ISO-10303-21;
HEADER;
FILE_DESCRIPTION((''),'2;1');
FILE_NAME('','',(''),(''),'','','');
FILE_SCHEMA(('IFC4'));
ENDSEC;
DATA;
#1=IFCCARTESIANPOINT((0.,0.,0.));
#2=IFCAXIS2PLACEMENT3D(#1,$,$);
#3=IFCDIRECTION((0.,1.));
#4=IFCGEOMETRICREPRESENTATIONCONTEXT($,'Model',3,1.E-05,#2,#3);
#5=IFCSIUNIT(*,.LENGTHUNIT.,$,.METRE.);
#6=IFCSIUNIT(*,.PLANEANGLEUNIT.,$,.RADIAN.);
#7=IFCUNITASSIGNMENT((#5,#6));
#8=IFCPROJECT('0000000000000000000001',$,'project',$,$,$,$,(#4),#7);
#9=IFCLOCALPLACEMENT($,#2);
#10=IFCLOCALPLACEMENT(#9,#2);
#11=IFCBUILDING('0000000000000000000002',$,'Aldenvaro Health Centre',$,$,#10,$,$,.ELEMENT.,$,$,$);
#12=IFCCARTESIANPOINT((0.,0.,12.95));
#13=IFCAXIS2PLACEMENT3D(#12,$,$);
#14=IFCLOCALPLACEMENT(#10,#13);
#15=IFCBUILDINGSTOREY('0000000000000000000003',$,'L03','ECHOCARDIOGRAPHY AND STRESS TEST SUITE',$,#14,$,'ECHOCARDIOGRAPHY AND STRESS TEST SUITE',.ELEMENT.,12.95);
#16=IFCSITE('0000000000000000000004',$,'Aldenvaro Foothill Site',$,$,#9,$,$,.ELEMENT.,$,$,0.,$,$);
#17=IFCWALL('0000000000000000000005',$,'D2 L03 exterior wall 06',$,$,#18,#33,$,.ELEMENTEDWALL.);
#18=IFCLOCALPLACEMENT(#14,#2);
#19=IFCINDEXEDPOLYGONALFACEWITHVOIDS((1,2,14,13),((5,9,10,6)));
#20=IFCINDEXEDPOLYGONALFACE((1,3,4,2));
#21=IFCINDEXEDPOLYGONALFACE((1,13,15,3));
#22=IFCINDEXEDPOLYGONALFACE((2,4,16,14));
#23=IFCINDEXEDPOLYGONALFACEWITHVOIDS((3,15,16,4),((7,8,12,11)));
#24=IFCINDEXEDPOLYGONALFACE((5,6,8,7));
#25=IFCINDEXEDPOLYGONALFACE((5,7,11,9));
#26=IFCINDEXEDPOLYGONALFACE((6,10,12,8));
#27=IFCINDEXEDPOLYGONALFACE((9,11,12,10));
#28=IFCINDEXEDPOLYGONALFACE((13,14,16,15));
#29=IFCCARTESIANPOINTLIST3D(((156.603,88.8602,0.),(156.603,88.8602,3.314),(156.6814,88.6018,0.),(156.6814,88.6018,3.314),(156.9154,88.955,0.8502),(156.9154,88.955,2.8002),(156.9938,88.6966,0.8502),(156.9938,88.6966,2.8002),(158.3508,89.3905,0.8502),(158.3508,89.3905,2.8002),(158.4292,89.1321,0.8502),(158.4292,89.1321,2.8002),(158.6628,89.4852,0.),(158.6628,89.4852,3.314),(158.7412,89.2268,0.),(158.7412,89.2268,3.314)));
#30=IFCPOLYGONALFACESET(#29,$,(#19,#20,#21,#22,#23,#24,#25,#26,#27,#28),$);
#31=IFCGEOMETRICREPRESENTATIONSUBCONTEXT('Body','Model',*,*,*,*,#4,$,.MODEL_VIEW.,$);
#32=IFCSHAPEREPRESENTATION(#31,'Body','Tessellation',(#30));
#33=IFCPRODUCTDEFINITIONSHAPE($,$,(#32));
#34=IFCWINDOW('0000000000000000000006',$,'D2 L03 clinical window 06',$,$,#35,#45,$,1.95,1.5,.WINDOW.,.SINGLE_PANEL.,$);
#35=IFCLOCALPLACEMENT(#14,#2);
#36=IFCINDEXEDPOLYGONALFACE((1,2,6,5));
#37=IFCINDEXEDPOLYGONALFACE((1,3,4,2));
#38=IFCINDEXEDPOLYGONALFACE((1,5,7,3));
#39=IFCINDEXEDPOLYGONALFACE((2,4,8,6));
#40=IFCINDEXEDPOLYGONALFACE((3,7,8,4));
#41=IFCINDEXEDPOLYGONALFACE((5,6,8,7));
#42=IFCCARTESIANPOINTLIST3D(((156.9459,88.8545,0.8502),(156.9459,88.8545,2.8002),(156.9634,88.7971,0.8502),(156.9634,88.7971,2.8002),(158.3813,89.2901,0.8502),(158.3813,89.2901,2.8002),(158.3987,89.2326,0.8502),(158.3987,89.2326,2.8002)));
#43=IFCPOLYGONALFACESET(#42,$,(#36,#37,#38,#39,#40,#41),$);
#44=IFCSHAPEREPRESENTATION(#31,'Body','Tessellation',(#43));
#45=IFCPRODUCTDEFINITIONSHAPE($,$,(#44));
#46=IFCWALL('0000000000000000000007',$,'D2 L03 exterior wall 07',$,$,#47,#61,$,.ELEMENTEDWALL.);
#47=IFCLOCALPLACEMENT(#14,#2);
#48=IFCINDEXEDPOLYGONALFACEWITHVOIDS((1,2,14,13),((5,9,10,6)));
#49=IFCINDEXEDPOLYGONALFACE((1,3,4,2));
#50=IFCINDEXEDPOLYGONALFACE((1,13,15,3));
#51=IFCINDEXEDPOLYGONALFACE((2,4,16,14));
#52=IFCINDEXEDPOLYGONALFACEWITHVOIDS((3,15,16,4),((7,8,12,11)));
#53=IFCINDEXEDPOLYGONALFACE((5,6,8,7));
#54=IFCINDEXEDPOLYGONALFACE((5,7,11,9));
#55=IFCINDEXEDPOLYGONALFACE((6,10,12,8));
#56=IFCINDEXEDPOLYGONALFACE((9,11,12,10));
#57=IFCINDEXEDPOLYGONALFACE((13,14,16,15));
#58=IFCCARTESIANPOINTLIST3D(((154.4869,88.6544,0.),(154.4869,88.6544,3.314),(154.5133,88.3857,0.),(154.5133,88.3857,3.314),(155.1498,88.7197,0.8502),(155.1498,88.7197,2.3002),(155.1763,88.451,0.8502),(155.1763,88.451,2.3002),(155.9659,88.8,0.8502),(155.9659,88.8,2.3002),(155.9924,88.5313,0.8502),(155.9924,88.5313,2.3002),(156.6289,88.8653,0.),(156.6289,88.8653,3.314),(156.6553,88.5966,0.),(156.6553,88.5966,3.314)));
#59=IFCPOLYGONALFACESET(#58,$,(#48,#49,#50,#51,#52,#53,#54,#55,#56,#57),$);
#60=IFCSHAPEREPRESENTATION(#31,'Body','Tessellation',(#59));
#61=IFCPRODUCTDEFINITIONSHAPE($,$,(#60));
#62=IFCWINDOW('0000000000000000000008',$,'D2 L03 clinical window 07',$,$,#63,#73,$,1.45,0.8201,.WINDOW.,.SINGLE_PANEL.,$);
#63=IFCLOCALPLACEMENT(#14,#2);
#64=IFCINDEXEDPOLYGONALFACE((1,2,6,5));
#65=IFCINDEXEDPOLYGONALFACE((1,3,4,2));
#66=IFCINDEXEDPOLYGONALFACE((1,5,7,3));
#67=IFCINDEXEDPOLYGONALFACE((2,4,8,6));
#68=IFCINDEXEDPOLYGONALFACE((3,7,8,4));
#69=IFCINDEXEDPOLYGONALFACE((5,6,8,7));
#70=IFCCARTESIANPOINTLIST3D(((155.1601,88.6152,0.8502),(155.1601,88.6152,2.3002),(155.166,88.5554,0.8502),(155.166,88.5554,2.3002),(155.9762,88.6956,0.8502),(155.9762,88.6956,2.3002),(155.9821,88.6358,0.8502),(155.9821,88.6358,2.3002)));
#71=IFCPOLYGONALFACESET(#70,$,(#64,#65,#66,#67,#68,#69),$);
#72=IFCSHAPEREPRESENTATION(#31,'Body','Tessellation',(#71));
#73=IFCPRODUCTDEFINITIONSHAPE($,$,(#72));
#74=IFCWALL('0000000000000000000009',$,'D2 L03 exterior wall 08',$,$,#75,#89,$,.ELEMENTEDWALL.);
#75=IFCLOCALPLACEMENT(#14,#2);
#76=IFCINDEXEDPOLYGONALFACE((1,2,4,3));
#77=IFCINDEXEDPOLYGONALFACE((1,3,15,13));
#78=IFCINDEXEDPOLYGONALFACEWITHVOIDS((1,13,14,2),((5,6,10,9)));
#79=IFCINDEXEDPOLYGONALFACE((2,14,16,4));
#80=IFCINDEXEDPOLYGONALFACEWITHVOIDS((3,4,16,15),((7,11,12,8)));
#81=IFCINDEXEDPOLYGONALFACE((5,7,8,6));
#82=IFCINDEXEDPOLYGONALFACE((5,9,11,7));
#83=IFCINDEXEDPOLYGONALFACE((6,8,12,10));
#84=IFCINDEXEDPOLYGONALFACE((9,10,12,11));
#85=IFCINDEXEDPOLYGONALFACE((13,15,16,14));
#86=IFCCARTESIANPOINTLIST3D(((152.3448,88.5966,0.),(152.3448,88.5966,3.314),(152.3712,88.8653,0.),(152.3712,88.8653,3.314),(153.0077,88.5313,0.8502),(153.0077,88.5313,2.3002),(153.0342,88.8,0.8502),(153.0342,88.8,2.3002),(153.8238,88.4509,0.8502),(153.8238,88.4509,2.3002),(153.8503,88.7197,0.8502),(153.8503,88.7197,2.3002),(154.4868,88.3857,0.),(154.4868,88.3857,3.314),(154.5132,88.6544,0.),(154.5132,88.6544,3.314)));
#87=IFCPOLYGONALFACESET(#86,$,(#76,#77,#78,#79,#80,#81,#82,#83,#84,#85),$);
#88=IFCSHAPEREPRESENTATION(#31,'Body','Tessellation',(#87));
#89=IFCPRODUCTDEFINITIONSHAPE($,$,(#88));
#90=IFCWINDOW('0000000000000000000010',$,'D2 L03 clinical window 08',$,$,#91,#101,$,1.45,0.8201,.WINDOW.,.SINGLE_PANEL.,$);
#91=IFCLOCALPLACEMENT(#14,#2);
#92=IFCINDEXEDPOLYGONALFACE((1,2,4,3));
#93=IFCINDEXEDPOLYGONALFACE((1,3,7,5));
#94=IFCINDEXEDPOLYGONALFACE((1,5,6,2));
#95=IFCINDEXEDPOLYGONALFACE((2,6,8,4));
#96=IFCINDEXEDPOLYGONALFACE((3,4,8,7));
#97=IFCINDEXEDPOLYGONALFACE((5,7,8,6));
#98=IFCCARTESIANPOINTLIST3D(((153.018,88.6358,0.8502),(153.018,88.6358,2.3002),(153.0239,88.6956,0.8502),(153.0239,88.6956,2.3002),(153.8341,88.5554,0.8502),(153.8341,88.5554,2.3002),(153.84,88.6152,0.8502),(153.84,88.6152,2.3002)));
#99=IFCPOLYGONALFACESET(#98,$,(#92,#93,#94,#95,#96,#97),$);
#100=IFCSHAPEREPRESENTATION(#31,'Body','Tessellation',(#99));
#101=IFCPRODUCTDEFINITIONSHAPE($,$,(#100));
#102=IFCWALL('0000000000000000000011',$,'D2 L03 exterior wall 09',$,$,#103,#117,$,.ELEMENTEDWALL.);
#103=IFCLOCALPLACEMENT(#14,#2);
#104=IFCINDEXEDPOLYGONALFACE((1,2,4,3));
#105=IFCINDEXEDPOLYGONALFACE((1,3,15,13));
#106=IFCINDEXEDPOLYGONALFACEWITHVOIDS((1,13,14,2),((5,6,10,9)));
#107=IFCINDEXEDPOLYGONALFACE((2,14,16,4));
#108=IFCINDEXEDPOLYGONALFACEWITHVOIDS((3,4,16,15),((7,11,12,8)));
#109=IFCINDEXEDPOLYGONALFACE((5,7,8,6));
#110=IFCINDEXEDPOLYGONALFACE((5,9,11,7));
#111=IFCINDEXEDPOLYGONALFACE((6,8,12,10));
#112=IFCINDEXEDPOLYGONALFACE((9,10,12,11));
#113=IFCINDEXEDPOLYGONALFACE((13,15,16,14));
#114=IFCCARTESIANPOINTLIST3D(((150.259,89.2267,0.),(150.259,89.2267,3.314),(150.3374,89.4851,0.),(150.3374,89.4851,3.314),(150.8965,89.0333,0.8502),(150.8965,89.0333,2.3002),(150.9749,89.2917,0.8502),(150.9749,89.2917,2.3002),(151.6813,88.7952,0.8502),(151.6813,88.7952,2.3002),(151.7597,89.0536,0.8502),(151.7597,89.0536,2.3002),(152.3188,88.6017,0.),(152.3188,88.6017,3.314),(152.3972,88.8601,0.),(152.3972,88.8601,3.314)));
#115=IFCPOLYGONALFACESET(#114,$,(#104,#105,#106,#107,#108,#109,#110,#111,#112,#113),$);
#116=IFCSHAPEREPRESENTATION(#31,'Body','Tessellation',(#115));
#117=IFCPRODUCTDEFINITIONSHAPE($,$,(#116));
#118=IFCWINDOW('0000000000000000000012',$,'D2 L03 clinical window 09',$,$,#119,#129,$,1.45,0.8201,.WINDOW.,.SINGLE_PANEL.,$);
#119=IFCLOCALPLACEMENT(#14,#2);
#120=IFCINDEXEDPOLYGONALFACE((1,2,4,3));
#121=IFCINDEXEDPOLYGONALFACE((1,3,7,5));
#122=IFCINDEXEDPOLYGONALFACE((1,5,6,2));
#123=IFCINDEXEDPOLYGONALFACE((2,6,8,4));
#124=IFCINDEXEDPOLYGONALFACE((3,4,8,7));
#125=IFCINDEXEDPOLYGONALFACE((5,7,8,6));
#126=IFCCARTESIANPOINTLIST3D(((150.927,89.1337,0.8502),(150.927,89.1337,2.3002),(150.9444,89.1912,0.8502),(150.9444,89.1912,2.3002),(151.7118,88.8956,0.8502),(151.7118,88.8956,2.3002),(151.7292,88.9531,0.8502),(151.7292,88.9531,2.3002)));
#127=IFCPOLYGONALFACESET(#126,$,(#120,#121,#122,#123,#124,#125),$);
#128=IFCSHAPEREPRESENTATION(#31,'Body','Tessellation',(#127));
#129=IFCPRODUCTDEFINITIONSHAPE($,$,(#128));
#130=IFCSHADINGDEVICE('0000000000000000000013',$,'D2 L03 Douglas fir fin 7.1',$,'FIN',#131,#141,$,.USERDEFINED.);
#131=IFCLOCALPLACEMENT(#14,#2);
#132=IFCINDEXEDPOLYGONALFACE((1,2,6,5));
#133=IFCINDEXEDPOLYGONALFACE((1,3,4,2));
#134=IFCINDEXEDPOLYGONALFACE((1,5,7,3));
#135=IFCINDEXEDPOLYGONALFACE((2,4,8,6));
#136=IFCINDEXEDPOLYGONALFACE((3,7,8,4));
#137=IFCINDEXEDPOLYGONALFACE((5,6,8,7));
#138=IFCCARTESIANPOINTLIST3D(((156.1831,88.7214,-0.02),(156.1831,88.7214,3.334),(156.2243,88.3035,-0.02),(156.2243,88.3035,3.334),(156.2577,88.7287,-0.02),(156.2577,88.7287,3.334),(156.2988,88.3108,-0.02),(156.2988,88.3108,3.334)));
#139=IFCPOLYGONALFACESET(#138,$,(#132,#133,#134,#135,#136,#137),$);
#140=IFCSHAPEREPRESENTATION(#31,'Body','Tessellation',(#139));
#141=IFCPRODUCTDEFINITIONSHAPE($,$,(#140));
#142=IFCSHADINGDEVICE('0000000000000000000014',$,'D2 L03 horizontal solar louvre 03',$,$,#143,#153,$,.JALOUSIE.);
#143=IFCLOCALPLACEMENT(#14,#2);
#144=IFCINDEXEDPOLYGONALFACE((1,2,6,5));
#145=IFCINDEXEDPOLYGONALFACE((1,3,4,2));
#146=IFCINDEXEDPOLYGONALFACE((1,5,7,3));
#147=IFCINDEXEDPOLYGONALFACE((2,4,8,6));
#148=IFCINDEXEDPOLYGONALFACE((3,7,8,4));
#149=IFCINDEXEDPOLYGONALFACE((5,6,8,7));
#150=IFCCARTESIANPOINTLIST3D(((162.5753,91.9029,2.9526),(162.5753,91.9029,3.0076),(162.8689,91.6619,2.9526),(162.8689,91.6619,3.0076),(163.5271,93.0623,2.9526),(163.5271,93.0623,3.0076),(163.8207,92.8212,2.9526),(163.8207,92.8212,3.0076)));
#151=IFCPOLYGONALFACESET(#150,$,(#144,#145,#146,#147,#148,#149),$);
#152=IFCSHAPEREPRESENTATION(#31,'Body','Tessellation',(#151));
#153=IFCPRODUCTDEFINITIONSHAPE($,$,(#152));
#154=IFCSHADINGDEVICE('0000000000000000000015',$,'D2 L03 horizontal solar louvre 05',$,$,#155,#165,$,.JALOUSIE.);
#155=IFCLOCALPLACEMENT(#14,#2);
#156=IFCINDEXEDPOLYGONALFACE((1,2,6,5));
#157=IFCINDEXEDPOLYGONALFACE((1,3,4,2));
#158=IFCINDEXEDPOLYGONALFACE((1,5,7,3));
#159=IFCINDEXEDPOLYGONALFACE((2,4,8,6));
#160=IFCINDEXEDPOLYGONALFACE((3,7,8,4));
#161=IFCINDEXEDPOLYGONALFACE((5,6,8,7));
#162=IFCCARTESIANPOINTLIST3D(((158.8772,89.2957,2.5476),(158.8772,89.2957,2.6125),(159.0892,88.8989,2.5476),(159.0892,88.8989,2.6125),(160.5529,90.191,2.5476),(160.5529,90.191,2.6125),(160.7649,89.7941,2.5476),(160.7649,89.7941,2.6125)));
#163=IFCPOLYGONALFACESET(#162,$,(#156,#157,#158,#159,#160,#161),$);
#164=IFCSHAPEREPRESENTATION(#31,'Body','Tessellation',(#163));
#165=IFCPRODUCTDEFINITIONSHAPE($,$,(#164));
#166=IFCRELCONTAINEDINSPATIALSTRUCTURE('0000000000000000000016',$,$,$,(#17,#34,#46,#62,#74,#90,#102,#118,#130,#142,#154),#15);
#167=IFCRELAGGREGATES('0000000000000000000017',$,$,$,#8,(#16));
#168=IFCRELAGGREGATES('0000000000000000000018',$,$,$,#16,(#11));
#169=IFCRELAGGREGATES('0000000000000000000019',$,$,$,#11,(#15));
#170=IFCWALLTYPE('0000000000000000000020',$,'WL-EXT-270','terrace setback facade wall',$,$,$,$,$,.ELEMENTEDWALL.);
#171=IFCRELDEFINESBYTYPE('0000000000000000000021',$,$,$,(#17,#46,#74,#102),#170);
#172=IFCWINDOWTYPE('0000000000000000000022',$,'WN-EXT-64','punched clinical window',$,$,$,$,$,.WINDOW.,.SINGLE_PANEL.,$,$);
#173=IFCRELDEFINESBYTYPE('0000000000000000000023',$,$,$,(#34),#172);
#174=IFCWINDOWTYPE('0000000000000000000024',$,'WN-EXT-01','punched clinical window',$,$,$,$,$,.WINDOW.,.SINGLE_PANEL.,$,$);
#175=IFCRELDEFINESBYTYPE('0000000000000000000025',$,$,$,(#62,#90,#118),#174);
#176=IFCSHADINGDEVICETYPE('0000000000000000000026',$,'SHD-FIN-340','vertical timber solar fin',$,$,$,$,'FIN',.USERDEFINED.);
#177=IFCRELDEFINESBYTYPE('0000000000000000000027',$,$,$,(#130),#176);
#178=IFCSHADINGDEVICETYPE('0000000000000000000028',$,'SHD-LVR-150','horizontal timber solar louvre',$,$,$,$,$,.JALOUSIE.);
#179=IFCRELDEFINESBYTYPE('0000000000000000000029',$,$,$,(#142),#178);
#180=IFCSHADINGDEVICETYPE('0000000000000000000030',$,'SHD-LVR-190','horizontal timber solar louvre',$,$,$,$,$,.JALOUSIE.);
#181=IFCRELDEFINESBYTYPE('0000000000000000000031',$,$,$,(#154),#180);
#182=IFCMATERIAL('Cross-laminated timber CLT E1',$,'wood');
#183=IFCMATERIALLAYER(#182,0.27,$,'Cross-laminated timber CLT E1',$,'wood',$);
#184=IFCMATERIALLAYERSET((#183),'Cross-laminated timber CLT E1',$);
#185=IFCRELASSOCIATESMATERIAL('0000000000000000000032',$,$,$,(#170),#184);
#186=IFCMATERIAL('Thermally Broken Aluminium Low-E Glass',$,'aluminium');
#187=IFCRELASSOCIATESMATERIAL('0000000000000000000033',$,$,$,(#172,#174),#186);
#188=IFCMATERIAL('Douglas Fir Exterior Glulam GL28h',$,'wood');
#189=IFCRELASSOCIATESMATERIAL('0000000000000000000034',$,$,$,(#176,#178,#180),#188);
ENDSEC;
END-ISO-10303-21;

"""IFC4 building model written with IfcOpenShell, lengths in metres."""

from ifc_helpers import new_model, si_unit, direction, frame, frame_2d, origin, origin_2d, place, context, subcontext, project, spatial, rectangle, extrude, material, layer, layer_set, type_object, element, fill, save


model = new_model("IFC4")

# Units and contexts
model_context = context("Model", 3, precision=1e-05, world=origin(), true_north=direction((0.0, 1.0)))
body_context = subcontext(model_context, "Body", "Model", "MODEL_VIEW")
ifc_project = project(units=[si_unit("LENGTHUNIT", "METRE"), si_unit("PLANEANGLEUNIT", "RADIAN")], contexts=[model_context])

# Site, building, storey
site_placement = place(None, origin())
site = spatial("IfcSite", under=ifc_project, at=site_placement, Name="Aldenvaro Foothill Site", CompositionType="ELEMENT", RefElevation=0.0)
building_placement = place(site_placement, origin())
building = spatial("IfcBuilding", under=site, at=building_placement, Name="Aldenvaro Health Centre", CompositionType="ELEMENT")
storey_placement = place(building_placement, frame((0.0, 0.0, 12.95)))
storey = spatial("IfcBuildingStorey", under=building, at=storey_placement, Name="L03", Description="ECHOCARDIOGRAPHY AND STRESS TEST SUITE", LongName="ECHOCARDIOGRAPHY AND STRESS TEST SUITE", CompositionType="ELEMENT", Elevation=12.95)

# Walls, openings, windows
ifc_material_1 = material(Name="Cross-laminated timber CLT E1", Category="wood")
ifc_layer = layer(ifc_material_1, 0.27, Name="Cross-laminated timber CLT E1", Category="wood")
ifc_layer_set = layer_set([ifc_layer], Name="Cross-laminated timber CLT E1")
wall_type = type_object("IfcWallType", Name="WL-EXT-270", Description="terrace setback facade wall", PredefinedType="ELEMENTEDWALL", material=ifc_layer_set)
ifc_material_2 = material(Name="Thermally Broken Aluminium Low-E Glass", Category="aluminium")
wall_1_placement = place(storey_placement, frame((158.7019, 89.356, 0.0), z_axis=(0.0, 0.0, 1.0), x_axis=(-0.956919, -0.290354, 0.0)))
wall_1 = element("IfcWall", 1, at=wall_1_placement, inside=storey, type_object=wall_type, Name="D2 L03 exterior wall 06", PredefinedType="ELEMENTEDWALL", context=body_context, shape_type="SweptSolid", body=[
    extrude(rectangle(XDim=2.1526, YDim=0.27, at=frame_2d((1.0762, 0.0))), origin(), (0.0, 0.0, 1.0), 3.314),
])
opening_1_placement = place(wall_1_placement, frame((0.3259, 0.0, 0.8501)))
opening_1 = element("IfcOpeningElement", 2, at=opening_1_placement, cuts=wall_1, PredefinedType="OPENING", context=body_context, shape_type="SweptSolid", body=[
    extrude(rectangle(XDim=1.5, YDim=1.95, at=frame_2d((0.75, 0.9751))), frame((0.0, 0.145, 0.0), z_axis=(0.0, -1.0, 0.0), x_axis=(1.0, 0.0, 0.0)), (0.0, 0.0, 1.0), 0.29),
])
window_type_1 = type_object("IfcWindowType", Name="WN-EXT-64", Description="punched clinical window", PartitioningType="SINGLE_PANEL", PredefinedType="WINDOW", material=ifc_material_2)
window_1_placement = place(opening_1_placement, origin())
window_1 = element("IfcWindow", 3, at=window_1_placement, inside=storey, type_object=window_type_1, Name="D2 L03 clinical window 06", OverallHeight=1.95, OverallWidth=1.5, PartitioningType="SINGLE_PANEL", PredefinedType="WINDOW", context=body_context, shape_type="SweptSolid", body=[
    extrude(rectangle(XDim=1.5, YDim=1.95, at=frame_2d((0.75, 0.9751))), frame((0.0, 0.03, 0.0), z_axis=(0.0, -1.0, 0.0), x_axis=(1.0, 0.0, 0.0)), (0.0, 0.0, 1.0), 0.0601),
])
fill(opening_1, window_1)
wall_2_placement = place(storey_placement, frame((156.6421, 88.731, 0.0), z_axis=(0.0, 0.0, 1.0), x_axis=(-0.995187, -0.097999, 0.0)))
wall_2 = element("IfcWall", 4, at=wall_2_placement, inside=storey, type_object=wall_type, Name="D2 L03 exterior wall 07", PredefinedType="ELEMENTEDWALL", context=body_context, shape_type="SweptSolid", body=[
    extrude(rectangle(XDim=2.1523, YDim=0.27, at=frame_2d((1.0762, 0.0))), origin(), (0.0, 0.0, 1.0), 3.314),
])
opening_2_placement = place(wall_2_placement, frame((0.666, 0.0, 0.8501)))
opening_2 = element("IfcOpeningElement", 5, at=opening_2_placement, cuts=wall_2, PredefinedType="OPENING", context=body_context, shape_type="SweptSolid", body=[
    extrude(rectangle(XDim=0.8201, YDim=1.45, at=frame_2d((0.4102, 0.7251))), frame((0.0, 0.145, 0.0), z_axis=(0.0, -1.0, 0.0), x_axis=(1.0, 0.0, 0.0)), (0.0, 0.0, 1.0), 0.29),
])
window_type_2 = type_object("IfcWindowType", Name="WN-EXT-01", Description="punched clinical window", PartitioningType="SINGLE_PANEL", PredefinedType="WINDOW", material=ifc_material_2)
window_2_placement = place(opening_2_placement, origin())
window_2 = element("IfcWindow", 6, at=window_2_placement, inside=storey, type_object=window_type_2, Name="D2 L03 clinical window 07", OverallHeight=1.45, OverallWidth=0.8201, PartitioningType="SINGLE_PANEL", PredefinedType="WINDOW", context=body_context, shape_type="SweptSolid", body=[
    extrude(rectangle(XDim=0.8201, YDim=1.45, at=frame_2d((0.4102, 0.7251))), frame((0.0, 0.03, 0.0), z_axis=(0.0, -1.0, 0.0), x_axis=(1.0, 0.0, 0.0)), (0.0, 0.0, 1.0), 0.0601),
])
fill(opening_2, window_2)
wall_3_placement = place(storey_placement, frame((154.5, 88.52, 0.0), z_axis=(0.0, 0.0, 1.0), x_axis=(-0.995187, 0.097999, 0.0)))
wall_3 = element("IfcWall", 7, at=wall_3_placement, inside=storey, type_object=wall_type, Name="D2 L03 exterior wall 08", PredefinedType="ELEMENTEDWALL", context=body_context, shape_type="SweptSolid", body=[
    extrude(rectangle(XDim=2.1523, YDim=0.27, at=frame_2d((1.0762, 0.0))), origin(), (0.0, 0.0, 1.0), 3.314),
])
opening_3_placement = place(wall_3_placement, frame((0.666, 0.0, 0.8501)))
opening_3 = element("IfcOpeningElement", 8, at=opening_3_placement, cuts=wall_3, PredefinedType="OPENING", context=body_context, shape_type="SweptSolid", body=[
    extrude(rectangle(XDim=0.8201, YDim=1.45, at=frame_2d((0.4102, 0.7251))), frame((0.0, 0.145, 0.0), z_axis=(0.0, -1.0, 0.0), x_axis=(1.0, 0.0, 0.0)), (0.0, 0.0, 1.0), 0.29),
])
window_3_placement = place(opening_3_placement, origin())
window_3 = element("IfcWindow", 9, at=window_3_placement, inside=storey, type_object=window_type_2, Name="D2 L03 clinical window 08", OverallHeight=1.45, OverallWidth=0.8201, PartitioningType="SINGLE_PANEL", PredefinedType="WINDOW", context=body_context, shape_type="SweptSolid", body=[
    extrude(rectangle(XDim=0.8201, YDim=1.45, at=frame_2d((0.4102, 0.7251))), frame((0.0, 0.03, 0.0), z_axis=(0.0, -1.0, 0.0), x_axis=(1.0, 0.0, 0.0)), (0.0, 0.0, 1.0), 0.0601),
])
fill(opening_3, window_3)
wall_4_placement = place(storey_placement, frame((152.3579, 88.731, 0.0), z_axis=(0.0, 0.0, 1.0), x_axis=(-0.956919, 0.290354, 0.0)))
wall_4 = element("IfcWall", 10, at=wall_4_placement, inside=storey, type_object=wall_type, Name="D2 L03 exterior wall 09", PredefinedType="ELEMENTEDWALL", context=body_context, shape_type="SweptSolid", body=[
    extrude(rectangle(XDim=2.1526, YDim=0.27, at=frame_2d((1.0762, 0.0))), origin(), (0.0, 0.0, 1.0), 3.314),
])
opening_4_placement = place(wall_4_placement, frame((0.666, 0.0, 0.8501)))
opening_4 = element("IfcOpeningElement", 11, at=opening_4_placement, cuts=wall_4, PredefinedType="OPENING", context=body_context, shape_type="SweptSolid", body=[
    extrude(rectangle(XDim=0.8201, YDim=1.45, at=frame_2d((0.4102, 0.7251))), frame((0.0, 0.145, 0.0), z_axis=(0.0, -1.0, 0.0), x_axis=(1.0, 0.0, 0.0)), (0.0, 0.0, 1.0), 0.29),
])
window_4_placement = place(opening_4_placement, origin())
window_4 = element("IfcWindow", 12, at=window_4_placement, inside=storey, type_object=window_type_2, Name="D2 L03 clinical window 09", OverallHeight=1.45, OverallWidth=0.8201, PartitioningType="SINGLE_PANEL", PredefinedType="WINDOW", context=body_context, shape_type="SweptSolid", body=[
    extrude(rectangle(XDim=0.8201, YDim=1.45, at=frame_2d((0.4102, 0.7251))), frame((0.0, 0.03, 0.0), z_axis=(0.0, -1.0, 0.0), x_axis=(1.0, 0.0, 0.0)), (0.0, 0.0, 1.0), 0.0601),
])
fill(opening_4, window_4)

# Shading devices
ifc_material_3 = material(Name="Douglas Fir Exterior Glulam GL28h", Category="wood")
shading_device_type_1 = type_object("IfcShadingDeviceType", Name="SHD-FIN-340", Description="vertical timber solar fin", ElementType="FIN", PredefinedType="USERDEFINED", material=ifc_material_3)
shading_device_1_placement = place(storey_placement, frame((156.241, 88.5161, -0.02), z_axis=(0.0, 0.0, 1.0), x_axis=(-0.995183, -0.098032, 0.0)))
element("IfcShadingDevice", 13, at=shading_device_1_placement, inside=storey, type_object=shading_device_type_1, Name="D2 L03 Douglas fir fin 7.1", ObjectType="FIN", PredefinedType="USERDEFINED", context=body_context, shape_type="SweptSolid", body=[
    extrude(rectangle(XDim=0.075, YDim=0.4199, at=origin_2d()), origin(), (0.0, 0.0, 1.0), 3.354),
])
shading_device_type_2 = type_object("IfcShadingDeviceType", Name="SHD-LVR-150", Description="horizontal timber solar louvre", PredefinedType="JALOUSIE", material=ifc_material_3)
shading_device_2_placement = place(storey_placement, frame((163.198, 92.3621, 2.9526), z_axis=(0.0, 0.0, 1.0), x_axis=(-0.634502, -0.772921, 0.0)))
element("IfcShadingDevice", 14, at=shading_device_2_placement, inside=storey, type_object=shading_device_type_2, Name="D2 L03 horizontal solar louvre 03", PredefinedType="JALOUSIE", context=body_context, shape_type="SweptSolid", body=[
    extrude(rectangle(XDim=1.5, YDim=0.3799, at=origin_2d()), origin(), (0.0, 0.0, 1.0), 0.0549),
])
shading_device_type_3 = type_object("IfcShadingDeviceType", Name="SHD-LVR-190", Description="horizontal timber solar louvre", PredefinedType="JALOUSIE", material=ifc_material_3)
shading_device_3_placement = place(storey_placement, frame((159.821, 89.5449, 2.5476), z_axis=(0.0, 0.0, 1.0), x_axis=(-0.882018, -0.471215, 0.0)))
element("IfcShadingDevice", 15, at=shading_device_3_placement, inside=storey, type_object=shading_device_type_3, Name="D2 L03 horizontal solar louvre 05", PredefinedType="JALOUSIE", context=body_context, shape_type="SweptSolid", body=[
    extrude(rectangle(XDim=1.8999, YDim=0.45, at=origin_2d()), origin(), (0.0, 0.0, 1.0), 0.0649),
])

save(model, "model.ifc")
